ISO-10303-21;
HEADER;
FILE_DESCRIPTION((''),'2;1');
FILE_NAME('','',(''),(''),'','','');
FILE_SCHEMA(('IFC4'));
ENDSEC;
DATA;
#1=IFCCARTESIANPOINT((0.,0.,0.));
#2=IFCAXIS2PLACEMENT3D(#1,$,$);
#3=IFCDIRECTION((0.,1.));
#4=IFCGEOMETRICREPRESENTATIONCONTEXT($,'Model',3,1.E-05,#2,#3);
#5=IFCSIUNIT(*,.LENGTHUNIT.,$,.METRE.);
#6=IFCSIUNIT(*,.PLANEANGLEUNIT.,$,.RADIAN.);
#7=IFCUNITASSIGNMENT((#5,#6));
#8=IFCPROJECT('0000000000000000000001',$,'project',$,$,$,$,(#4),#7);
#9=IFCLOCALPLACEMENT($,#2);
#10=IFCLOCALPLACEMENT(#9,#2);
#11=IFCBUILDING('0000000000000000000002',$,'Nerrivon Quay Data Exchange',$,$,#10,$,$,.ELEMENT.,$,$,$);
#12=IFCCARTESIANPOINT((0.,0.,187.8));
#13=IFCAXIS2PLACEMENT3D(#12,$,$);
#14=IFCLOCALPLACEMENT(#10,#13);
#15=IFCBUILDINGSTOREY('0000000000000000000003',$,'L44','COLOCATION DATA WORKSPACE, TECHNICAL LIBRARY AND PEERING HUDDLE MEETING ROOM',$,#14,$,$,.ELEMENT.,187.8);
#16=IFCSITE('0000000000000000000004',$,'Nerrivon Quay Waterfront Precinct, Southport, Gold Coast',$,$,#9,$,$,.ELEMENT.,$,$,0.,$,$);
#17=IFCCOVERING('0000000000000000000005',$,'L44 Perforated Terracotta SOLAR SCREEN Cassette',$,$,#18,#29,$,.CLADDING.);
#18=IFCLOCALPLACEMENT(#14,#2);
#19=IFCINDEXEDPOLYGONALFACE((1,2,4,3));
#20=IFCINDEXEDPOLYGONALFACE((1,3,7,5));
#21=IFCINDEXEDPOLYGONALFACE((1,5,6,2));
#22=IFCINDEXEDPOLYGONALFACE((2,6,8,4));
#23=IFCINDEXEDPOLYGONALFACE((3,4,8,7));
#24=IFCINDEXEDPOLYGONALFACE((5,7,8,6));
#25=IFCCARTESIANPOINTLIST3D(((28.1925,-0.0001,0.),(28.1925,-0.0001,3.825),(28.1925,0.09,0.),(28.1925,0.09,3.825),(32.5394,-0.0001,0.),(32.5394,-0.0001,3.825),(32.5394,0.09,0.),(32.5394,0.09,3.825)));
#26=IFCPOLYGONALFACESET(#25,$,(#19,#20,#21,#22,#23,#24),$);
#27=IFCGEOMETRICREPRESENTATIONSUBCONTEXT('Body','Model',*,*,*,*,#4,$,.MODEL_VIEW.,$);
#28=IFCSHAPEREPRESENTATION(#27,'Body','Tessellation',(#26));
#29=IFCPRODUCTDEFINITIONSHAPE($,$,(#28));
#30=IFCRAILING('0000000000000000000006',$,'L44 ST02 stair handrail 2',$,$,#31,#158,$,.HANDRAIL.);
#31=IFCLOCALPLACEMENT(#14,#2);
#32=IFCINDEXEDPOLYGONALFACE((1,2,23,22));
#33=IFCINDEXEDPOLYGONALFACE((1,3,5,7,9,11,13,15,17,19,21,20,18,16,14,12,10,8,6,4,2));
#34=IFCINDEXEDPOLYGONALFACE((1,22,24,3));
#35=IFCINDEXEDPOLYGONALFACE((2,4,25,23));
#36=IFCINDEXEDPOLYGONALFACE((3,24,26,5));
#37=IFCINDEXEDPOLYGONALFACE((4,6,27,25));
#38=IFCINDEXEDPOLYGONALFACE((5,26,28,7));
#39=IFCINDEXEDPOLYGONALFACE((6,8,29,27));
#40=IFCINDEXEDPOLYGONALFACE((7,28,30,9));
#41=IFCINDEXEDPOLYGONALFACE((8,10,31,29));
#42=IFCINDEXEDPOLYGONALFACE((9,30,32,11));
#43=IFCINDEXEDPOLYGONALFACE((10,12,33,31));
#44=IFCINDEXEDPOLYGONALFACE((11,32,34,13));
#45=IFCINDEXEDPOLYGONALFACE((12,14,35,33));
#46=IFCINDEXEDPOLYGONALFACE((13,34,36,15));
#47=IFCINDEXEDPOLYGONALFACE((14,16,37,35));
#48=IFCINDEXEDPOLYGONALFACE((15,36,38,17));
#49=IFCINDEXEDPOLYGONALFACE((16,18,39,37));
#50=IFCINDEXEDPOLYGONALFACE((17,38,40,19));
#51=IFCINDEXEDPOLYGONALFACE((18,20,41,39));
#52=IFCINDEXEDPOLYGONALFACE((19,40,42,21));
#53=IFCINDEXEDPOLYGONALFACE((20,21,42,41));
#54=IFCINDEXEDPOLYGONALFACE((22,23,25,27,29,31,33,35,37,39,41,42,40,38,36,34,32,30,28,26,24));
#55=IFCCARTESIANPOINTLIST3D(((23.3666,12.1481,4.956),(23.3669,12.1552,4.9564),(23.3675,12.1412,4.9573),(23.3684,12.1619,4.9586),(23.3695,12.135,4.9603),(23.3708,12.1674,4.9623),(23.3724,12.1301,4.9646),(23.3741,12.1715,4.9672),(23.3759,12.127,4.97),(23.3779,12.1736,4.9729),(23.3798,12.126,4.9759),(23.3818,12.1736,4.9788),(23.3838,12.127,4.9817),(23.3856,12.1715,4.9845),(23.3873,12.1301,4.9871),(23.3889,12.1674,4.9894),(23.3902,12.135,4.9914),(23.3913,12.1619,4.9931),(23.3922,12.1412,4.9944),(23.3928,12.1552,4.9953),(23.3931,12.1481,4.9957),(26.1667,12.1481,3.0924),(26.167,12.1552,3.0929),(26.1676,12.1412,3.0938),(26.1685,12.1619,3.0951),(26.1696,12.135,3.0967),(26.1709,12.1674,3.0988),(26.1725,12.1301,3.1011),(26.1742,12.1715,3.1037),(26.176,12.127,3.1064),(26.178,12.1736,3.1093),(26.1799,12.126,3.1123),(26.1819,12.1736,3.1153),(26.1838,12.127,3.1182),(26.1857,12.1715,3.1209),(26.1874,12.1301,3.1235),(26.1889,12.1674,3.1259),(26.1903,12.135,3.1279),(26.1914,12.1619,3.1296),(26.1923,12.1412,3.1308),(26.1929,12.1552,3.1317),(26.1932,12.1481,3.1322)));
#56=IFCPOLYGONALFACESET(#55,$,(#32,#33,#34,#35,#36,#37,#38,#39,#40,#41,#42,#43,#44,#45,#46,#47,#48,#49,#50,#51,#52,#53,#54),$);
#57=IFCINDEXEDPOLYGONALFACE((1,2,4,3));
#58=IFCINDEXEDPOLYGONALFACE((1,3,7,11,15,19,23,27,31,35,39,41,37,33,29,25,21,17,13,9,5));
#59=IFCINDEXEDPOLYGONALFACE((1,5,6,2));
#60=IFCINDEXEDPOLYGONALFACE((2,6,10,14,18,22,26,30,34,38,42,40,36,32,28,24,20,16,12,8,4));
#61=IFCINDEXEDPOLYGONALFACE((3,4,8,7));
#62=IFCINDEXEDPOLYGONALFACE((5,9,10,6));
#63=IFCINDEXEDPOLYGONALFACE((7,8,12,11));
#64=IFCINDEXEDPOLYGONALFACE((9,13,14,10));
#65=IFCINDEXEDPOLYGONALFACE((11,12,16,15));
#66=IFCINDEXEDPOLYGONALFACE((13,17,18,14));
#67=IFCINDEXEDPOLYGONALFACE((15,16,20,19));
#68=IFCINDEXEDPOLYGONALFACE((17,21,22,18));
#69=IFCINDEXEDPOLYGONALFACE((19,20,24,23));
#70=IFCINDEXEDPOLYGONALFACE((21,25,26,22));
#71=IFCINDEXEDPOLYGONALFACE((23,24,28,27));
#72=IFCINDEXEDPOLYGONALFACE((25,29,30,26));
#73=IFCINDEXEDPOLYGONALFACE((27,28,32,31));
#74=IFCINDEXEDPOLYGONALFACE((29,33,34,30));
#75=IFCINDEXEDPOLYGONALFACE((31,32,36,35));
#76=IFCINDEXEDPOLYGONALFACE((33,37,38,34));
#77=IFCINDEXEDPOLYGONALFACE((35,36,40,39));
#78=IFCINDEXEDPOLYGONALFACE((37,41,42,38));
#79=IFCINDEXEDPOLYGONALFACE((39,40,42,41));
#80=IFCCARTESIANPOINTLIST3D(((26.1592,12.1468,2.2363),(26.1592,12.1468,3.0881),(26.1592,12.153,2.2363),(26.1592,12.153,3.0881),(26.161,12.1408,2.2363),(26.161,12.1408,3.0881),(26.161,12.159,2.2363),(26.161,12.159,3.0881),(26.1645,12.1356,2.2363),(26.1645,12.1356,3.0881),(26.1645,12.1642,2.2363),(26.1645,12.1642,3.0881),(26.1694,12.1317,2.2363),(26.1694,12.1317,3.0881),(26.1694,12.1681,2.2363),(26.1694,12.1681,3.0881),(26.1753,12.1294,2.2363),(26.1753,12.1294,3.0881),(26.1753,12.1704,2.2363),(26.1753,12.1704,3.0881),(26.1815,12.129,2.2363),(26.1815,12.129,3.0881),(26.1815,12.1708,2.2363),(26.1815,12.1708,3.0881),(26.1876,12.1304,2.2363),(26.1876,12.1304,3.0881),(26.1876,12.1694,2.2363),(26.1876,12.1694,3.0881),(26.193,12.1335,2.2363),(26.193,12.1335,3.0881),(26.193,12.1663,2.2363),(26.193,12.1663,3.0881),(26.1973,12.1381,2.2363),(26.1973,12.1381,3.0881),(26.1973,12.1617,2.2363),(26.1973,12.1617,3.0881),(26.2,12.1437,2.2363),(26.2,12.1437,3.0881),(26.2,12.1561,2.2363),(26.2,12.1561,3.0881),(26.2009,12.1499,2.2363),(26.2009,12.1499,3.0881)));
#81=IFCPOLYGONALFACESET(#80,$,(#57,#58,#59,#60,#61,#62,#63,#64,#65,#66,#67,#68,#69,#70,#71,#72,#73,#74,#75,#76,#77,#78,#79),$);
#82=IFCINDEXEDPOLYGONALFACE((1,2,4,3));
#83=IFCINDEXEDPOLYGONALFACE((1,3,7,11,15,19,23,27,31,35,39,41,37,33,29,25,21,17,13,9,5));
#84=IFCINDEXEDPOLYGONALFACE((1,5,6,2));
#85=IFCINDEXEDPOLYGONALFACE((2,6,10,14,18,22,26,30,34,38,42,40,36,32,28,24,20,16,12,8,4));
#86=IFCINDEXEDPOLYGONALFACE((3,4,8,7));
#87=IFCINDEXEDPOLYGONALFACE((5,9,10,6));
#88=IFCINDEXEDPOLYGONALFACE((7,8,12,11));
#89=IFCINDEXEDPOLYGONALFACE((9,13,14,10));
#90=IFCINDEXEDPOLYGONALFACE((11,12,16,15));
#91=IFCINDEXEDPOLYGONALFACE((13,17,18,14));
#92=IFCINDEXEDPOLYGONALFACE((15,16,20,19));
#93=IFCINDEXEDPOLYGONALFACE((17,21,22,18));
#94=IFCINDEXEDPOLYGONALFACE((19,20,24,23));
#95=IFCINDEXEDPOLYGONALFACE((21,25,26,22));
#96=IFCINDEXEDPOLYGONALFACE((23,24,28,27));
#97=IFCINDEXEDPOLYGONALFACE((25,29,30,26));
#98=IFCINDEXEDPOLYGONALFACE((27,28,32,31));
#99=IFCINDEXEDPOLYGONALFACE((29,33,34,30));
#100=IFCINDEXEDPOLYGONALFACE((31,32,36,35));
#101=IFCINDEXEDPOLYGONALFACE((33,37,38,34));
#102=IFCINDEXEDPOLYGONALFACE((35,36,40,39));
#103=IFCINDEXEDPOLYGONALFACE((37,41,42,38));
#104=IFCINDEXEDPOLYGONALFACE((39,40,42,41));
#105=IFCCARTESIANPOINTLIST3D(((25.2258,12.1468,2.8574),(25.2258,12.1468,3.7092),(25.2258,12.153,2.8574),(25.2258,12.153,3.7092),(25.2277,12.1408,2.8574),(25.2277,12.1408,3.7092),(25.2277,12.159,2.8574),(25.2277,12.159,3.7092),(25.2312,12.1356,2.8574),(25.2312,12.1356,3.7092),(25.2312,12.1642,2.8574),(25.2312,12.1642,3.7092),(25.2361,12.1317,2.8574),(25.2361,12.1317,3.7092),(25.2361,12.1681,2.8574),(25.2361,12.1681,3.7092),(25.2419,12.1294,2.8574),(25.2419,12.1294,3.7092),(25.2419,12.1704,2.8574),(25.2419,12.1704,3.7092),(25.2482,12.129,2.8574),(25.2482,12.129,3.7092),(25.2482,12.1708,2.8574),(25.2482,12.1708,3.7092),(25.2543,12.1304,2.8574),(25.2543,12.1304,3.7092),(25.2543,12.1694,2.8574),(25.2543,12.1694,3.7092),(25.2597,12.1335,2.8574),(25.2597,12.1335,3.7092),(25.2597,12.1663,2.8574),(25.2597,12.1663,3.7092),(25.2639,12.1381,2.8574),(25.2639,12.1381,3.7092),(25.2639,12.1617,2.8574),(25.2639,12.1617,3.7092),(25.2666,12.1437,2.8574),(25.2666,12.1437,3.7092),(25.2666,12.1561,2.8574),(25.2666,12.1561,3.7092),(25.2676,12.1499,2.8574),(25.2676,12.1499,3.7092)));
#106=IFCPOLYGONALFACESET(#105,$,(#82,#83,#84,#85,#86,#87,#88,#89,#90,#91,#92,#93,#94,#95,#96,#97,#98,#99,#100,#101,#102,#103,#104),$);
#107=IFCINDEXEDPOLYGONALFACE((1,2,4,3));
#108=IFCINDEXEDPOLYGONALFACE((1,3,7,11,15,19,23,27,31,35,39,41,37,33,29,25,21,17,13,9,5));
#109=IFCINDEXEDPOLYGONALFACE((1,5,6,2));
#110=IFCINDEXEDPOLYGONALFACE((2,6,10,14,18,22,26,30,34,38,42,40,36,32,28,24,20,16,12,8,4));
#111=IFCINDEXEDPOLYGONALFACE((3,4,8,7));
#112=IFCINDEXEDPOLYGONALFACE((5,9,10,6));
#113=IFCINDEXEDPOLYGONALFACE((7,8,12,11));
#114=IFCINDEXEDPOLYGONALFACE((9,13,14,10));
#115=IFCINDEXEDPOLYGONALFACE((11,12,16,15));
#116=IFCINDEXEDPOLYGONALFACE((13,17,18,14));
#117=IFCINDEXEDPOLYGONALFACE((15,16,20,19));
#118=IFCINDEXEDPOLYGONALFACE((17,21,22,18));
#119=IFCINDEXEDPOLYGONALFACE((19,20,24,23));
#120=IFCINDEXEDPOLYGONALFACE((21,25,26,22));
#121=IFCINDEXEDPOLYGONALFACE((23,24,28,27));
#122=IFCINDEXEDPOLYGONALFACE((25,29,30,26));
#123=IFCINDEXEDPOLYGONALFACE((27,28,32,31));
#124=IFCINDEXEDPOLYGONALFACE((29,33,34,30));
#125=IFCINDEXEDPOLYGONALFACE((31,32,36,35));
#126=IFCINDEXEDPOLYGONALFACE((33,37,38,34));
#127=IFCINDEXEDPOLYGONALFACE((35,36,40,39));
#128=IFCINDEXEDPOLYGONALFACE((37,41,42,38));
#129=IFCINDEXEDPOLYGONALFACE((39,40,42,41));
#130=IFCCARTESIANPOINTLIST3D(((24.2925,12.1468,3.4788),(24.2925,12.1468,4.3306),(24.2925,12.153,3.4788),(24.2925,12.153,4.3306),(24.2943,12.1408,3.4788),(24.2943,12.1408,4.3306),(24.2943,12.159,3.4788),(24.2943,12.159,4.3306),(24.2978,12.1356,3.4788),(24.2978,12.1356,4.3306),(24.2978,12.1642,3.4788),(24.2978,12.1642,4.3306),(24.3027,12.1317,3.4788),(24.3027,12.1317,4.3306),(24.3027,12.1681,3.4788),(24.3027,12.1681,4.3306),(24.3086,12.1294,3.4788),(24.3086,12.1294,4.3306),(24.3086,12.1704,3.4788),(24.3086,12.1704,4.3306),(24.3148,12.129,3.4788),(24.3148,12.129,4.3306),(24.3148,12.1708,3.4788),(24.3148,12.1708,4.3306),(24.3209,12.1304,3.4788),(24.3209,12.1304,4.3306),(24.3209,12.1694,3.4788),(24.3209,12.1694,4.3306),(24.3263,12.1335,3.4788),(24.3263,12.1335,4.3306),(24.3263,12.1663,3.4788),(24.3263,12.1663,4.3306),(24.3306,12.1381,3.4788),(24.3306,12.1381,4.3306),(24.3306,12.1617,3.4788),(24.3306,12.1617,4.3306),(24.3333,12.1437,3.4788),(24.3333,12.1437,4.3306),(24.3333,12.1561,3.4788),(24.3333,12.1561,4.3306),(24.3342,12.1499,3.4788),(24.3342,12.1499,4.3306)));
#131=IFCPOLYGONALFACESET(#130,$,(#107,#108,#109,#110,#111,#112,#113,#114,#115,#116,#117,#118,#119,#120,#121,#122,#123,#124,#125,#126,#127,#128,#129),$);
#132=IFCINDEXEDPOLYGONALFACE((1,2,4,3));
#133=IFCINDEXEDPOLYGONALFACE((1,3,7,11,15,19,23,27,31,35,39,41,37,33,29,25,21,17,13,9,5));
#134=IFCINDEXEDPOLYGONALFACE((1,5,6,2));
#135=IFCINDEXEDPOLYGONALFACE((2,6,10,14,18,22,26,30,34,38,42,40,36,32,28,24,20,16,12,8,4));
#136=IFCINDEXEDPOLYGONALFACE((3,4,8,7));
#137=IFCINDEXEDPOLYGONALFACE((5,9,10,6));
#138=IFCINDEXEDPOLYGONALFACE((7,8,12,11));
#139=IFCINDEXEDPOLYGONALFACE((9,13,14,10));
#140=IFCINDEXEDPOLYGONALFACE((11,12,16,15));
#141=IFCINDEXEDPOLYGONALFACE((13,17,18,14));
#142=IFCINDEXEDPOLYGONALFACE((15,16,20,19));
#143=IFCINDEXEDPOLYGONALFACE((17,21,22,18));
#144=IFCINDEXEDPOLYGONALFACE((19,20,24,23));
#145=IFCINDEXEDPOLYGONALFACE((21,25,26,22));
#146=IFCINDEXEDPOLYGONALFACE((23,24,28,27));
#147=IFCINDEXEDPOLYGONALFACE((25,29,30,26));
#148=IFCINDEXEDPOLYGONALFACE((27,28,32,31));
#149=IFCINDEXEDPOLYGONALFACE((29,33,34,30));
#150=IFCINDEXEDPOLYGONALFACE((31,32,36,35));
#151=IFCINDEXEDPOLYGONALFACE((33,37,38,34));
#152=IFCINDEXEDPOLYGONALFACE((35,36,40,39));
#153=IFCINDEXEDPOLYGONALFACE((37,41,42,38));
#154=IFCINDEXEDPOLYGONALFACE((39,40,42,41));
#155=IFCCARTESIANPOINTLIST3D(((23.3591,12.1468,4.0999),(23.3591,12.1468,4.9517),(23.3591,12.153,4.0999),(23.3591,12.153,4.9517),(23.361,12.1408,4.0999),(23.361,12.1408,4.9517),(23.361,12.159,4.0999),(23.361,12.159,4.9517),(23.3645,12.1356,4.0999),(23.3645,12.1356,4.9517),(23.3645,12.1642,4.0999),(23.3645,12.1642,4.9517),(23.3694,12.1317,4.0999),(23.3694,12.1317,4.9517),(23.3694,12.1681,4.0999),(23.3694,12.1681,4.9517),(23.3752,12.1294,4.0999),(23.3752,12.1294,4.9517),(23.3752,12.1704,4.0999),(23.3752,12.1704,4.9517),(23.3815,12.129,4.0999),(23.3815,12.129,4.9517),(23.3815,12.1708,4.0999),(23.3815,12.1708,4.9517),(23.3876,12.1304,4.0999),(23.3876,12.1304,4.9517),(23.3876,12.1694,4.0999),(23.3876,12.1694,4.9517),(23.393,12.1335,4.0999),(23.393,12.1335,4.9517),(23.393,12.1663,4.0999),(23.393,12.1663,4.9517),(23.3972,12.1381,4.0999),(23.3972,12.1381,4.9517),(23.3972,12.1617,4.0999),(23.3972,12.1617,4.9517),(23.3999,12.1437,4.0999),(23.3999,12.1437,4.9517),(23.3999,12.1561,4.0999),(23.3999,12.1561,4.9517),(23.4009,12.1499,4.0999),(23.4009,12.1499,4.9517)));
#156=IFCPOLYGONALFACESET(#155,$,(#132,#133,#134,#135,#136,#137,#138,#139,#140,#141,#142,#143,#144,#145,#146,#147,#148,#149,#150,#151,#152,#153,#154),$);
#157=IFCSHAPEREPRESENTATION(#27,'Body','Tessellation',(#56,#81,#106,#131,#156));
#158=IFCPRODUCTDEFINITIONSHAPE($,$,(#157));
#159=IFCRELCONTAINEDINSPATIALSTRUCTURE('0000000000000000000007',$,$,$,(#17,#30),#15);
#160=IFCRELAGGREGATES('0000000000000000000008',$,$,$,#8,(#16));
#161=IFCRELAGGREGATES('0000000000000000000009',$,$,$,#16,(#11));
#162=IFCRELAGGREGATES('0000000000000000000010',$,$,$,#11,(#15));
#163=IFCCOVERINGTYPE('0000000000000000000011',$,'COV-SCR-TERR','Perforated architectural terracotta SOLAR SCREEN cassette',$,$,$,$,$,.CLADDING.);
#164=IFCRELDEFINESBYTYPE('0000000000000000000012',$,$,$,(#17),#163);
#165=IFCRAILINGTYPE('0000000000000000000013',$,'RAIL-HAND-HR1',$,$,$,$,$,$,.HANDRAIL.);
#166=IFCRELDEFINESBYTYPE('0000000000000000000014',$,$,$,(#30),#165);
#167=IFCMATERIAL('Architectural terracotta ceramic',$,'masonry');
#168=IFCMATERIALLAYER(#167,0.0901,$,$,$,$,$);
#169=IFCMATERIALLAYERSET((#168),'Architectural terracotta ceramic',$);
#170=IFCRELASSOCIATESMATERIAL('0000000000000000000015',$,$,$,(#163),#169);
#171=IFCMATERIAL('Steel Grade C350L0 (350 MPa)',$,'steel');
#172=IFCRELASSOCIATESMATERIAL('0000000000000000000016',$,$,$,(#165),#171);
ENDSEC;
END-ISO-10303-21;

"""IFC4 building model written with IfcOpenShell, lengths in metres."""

from ifc_helpers import new_model, si_unit, direction, frame, origin, origin_2d, place, context, subcontext, project, spatial, rectangle, circle, extrude, material, layer, layer_set, type_object, element, save


model = new_model("IFC4")

# Units and contexts
model_context = context("Model", 3, precision=1e-05, world=origin(), true_north=direction((0.0, 1.0)))
body_context = subcontext(model_context, "Body", "Model", "MODEL_VIEW")
ifc_project = project(units=[si_unit("LENGTHUNIT", "METRE"), si_unit("PLANEANGLEUNIT", "RADIAN")], contexts=[model_context])

# Site, building, storey
site_placement = place(None, origin())
site = spatial("IfcSite", under=ifc_project, at=site_placement, Name="Nerrivon Quay Waterfront Precinct, Southport, Gold Coast", CompositionType="ELEMENT", RefElevation=0.0)
building_placement = place(site_placement, origin())
building = spatial("IfcBuilding", under=site, at=building_placement, Name="Nerrivon Quay Data Exchange", CompositionType="ELEMENT")
storey_placement = place(building_placement, frame((0.0, 0.0, 187.8)))
storey = spatial("IfcBuildingStorey", under=building, at=storey_placement, Name="L44", Description="COLOCATION DATA WORKSPACE, TECHNICAL LIBRARY AND PEERING HUDDLE MEETING ROOM", CompositionType="ELEMENT", Elevation=187.8)

# Shared definitions
ifc_material_1 = material(Name="Steel Grade C350L0 (350 MPa)", Category="steel")

# Covering
ifc_material_2 = material(Name="Architectural terracotta ceramic", Category="masonry")
ifc_layer_1 = layer(ifc_material_2, 0.0901)
ifc_layer_set_1 = layer_set([ifc_layer_1], Name="Architectural terracotta ceramic")
covering_type = type_object("IfcCoveringType", Name="COV-SCR-TERR", Description="Perforated architectural terracotta SOLAR SCREEN cassette", PredefinedType="CLADDING", material=ifc_layer_set_1)
covering_placement = place(storey_placement, frame((30.366, 0.0449, 0.0), z_axis=(0.0, 0.0, 1.0), x_axis=(-1.0, 0.0, 0.0)))
element("IfcCovering", 1, at=covering_placement, inside=storey, type_object=covering_type, Name="L44 Perforated Terracotta SOLAR SCREEN Cassette", PredefinedType="CLADDING", context=body_context, shape_type="SweptSolid", body=[
    extrude(rectangle(XDim=4.3469, YDim=0.0901, at=origin_2d()), origin(), (0.0, 0.0, 1.0), 3.825),
])

# Railing
railing_type_1 = type_object("IfcRailingType", Name="RAIL-HAND-HR1", PredefinedType="HANDRAIL", material=ifc_material_1)
railing_1_placement = place(storey_placement, frame((26.1799, 12.1499, 2.2363)))
element("IfcRailing", 2, at=railing_1_placement, inside=storey, type_object=railing_type_1, Name="L44 ST02 stair handrail 2", PredefinedType="HANDRAIL", context=body_context, shape_type="SweptSolid", body=[
    extrude(circle(Radius=0.0239, at=origin_2d()), frame((0.0, 0.0, 0.876), z_axis=(-0.832486, 0.0, 0.554047), x_axis=(0.0, -1.0, 0.0)), (0.0, 0.0, 1.0), 3.3635),
    extrude(circle(Radius=0.021, at=origin_2d()), origin(), (0.0, 0.0, 1.0), 0.8518),
    extrude(circle(Radius=0.021, at=origin_2d()), frame((-0.9333, 0.0, 0.6211)), (0.0, 0.0, 1.0), 0.8518),
    extrude(circle(Radius=0.021, at=origin_2d()), frame((-1.8667, 0.0, 1.2424)), (0.0, 0.0, 1.0), 0.8518),
    extrude(circle(Radius=0.021, at=origin_2d()), frame((-2.8, 0.0, 1.8635)), (0.0, 0.0, 1.0), 0.8518),
])

save(model, "model.ifc")
